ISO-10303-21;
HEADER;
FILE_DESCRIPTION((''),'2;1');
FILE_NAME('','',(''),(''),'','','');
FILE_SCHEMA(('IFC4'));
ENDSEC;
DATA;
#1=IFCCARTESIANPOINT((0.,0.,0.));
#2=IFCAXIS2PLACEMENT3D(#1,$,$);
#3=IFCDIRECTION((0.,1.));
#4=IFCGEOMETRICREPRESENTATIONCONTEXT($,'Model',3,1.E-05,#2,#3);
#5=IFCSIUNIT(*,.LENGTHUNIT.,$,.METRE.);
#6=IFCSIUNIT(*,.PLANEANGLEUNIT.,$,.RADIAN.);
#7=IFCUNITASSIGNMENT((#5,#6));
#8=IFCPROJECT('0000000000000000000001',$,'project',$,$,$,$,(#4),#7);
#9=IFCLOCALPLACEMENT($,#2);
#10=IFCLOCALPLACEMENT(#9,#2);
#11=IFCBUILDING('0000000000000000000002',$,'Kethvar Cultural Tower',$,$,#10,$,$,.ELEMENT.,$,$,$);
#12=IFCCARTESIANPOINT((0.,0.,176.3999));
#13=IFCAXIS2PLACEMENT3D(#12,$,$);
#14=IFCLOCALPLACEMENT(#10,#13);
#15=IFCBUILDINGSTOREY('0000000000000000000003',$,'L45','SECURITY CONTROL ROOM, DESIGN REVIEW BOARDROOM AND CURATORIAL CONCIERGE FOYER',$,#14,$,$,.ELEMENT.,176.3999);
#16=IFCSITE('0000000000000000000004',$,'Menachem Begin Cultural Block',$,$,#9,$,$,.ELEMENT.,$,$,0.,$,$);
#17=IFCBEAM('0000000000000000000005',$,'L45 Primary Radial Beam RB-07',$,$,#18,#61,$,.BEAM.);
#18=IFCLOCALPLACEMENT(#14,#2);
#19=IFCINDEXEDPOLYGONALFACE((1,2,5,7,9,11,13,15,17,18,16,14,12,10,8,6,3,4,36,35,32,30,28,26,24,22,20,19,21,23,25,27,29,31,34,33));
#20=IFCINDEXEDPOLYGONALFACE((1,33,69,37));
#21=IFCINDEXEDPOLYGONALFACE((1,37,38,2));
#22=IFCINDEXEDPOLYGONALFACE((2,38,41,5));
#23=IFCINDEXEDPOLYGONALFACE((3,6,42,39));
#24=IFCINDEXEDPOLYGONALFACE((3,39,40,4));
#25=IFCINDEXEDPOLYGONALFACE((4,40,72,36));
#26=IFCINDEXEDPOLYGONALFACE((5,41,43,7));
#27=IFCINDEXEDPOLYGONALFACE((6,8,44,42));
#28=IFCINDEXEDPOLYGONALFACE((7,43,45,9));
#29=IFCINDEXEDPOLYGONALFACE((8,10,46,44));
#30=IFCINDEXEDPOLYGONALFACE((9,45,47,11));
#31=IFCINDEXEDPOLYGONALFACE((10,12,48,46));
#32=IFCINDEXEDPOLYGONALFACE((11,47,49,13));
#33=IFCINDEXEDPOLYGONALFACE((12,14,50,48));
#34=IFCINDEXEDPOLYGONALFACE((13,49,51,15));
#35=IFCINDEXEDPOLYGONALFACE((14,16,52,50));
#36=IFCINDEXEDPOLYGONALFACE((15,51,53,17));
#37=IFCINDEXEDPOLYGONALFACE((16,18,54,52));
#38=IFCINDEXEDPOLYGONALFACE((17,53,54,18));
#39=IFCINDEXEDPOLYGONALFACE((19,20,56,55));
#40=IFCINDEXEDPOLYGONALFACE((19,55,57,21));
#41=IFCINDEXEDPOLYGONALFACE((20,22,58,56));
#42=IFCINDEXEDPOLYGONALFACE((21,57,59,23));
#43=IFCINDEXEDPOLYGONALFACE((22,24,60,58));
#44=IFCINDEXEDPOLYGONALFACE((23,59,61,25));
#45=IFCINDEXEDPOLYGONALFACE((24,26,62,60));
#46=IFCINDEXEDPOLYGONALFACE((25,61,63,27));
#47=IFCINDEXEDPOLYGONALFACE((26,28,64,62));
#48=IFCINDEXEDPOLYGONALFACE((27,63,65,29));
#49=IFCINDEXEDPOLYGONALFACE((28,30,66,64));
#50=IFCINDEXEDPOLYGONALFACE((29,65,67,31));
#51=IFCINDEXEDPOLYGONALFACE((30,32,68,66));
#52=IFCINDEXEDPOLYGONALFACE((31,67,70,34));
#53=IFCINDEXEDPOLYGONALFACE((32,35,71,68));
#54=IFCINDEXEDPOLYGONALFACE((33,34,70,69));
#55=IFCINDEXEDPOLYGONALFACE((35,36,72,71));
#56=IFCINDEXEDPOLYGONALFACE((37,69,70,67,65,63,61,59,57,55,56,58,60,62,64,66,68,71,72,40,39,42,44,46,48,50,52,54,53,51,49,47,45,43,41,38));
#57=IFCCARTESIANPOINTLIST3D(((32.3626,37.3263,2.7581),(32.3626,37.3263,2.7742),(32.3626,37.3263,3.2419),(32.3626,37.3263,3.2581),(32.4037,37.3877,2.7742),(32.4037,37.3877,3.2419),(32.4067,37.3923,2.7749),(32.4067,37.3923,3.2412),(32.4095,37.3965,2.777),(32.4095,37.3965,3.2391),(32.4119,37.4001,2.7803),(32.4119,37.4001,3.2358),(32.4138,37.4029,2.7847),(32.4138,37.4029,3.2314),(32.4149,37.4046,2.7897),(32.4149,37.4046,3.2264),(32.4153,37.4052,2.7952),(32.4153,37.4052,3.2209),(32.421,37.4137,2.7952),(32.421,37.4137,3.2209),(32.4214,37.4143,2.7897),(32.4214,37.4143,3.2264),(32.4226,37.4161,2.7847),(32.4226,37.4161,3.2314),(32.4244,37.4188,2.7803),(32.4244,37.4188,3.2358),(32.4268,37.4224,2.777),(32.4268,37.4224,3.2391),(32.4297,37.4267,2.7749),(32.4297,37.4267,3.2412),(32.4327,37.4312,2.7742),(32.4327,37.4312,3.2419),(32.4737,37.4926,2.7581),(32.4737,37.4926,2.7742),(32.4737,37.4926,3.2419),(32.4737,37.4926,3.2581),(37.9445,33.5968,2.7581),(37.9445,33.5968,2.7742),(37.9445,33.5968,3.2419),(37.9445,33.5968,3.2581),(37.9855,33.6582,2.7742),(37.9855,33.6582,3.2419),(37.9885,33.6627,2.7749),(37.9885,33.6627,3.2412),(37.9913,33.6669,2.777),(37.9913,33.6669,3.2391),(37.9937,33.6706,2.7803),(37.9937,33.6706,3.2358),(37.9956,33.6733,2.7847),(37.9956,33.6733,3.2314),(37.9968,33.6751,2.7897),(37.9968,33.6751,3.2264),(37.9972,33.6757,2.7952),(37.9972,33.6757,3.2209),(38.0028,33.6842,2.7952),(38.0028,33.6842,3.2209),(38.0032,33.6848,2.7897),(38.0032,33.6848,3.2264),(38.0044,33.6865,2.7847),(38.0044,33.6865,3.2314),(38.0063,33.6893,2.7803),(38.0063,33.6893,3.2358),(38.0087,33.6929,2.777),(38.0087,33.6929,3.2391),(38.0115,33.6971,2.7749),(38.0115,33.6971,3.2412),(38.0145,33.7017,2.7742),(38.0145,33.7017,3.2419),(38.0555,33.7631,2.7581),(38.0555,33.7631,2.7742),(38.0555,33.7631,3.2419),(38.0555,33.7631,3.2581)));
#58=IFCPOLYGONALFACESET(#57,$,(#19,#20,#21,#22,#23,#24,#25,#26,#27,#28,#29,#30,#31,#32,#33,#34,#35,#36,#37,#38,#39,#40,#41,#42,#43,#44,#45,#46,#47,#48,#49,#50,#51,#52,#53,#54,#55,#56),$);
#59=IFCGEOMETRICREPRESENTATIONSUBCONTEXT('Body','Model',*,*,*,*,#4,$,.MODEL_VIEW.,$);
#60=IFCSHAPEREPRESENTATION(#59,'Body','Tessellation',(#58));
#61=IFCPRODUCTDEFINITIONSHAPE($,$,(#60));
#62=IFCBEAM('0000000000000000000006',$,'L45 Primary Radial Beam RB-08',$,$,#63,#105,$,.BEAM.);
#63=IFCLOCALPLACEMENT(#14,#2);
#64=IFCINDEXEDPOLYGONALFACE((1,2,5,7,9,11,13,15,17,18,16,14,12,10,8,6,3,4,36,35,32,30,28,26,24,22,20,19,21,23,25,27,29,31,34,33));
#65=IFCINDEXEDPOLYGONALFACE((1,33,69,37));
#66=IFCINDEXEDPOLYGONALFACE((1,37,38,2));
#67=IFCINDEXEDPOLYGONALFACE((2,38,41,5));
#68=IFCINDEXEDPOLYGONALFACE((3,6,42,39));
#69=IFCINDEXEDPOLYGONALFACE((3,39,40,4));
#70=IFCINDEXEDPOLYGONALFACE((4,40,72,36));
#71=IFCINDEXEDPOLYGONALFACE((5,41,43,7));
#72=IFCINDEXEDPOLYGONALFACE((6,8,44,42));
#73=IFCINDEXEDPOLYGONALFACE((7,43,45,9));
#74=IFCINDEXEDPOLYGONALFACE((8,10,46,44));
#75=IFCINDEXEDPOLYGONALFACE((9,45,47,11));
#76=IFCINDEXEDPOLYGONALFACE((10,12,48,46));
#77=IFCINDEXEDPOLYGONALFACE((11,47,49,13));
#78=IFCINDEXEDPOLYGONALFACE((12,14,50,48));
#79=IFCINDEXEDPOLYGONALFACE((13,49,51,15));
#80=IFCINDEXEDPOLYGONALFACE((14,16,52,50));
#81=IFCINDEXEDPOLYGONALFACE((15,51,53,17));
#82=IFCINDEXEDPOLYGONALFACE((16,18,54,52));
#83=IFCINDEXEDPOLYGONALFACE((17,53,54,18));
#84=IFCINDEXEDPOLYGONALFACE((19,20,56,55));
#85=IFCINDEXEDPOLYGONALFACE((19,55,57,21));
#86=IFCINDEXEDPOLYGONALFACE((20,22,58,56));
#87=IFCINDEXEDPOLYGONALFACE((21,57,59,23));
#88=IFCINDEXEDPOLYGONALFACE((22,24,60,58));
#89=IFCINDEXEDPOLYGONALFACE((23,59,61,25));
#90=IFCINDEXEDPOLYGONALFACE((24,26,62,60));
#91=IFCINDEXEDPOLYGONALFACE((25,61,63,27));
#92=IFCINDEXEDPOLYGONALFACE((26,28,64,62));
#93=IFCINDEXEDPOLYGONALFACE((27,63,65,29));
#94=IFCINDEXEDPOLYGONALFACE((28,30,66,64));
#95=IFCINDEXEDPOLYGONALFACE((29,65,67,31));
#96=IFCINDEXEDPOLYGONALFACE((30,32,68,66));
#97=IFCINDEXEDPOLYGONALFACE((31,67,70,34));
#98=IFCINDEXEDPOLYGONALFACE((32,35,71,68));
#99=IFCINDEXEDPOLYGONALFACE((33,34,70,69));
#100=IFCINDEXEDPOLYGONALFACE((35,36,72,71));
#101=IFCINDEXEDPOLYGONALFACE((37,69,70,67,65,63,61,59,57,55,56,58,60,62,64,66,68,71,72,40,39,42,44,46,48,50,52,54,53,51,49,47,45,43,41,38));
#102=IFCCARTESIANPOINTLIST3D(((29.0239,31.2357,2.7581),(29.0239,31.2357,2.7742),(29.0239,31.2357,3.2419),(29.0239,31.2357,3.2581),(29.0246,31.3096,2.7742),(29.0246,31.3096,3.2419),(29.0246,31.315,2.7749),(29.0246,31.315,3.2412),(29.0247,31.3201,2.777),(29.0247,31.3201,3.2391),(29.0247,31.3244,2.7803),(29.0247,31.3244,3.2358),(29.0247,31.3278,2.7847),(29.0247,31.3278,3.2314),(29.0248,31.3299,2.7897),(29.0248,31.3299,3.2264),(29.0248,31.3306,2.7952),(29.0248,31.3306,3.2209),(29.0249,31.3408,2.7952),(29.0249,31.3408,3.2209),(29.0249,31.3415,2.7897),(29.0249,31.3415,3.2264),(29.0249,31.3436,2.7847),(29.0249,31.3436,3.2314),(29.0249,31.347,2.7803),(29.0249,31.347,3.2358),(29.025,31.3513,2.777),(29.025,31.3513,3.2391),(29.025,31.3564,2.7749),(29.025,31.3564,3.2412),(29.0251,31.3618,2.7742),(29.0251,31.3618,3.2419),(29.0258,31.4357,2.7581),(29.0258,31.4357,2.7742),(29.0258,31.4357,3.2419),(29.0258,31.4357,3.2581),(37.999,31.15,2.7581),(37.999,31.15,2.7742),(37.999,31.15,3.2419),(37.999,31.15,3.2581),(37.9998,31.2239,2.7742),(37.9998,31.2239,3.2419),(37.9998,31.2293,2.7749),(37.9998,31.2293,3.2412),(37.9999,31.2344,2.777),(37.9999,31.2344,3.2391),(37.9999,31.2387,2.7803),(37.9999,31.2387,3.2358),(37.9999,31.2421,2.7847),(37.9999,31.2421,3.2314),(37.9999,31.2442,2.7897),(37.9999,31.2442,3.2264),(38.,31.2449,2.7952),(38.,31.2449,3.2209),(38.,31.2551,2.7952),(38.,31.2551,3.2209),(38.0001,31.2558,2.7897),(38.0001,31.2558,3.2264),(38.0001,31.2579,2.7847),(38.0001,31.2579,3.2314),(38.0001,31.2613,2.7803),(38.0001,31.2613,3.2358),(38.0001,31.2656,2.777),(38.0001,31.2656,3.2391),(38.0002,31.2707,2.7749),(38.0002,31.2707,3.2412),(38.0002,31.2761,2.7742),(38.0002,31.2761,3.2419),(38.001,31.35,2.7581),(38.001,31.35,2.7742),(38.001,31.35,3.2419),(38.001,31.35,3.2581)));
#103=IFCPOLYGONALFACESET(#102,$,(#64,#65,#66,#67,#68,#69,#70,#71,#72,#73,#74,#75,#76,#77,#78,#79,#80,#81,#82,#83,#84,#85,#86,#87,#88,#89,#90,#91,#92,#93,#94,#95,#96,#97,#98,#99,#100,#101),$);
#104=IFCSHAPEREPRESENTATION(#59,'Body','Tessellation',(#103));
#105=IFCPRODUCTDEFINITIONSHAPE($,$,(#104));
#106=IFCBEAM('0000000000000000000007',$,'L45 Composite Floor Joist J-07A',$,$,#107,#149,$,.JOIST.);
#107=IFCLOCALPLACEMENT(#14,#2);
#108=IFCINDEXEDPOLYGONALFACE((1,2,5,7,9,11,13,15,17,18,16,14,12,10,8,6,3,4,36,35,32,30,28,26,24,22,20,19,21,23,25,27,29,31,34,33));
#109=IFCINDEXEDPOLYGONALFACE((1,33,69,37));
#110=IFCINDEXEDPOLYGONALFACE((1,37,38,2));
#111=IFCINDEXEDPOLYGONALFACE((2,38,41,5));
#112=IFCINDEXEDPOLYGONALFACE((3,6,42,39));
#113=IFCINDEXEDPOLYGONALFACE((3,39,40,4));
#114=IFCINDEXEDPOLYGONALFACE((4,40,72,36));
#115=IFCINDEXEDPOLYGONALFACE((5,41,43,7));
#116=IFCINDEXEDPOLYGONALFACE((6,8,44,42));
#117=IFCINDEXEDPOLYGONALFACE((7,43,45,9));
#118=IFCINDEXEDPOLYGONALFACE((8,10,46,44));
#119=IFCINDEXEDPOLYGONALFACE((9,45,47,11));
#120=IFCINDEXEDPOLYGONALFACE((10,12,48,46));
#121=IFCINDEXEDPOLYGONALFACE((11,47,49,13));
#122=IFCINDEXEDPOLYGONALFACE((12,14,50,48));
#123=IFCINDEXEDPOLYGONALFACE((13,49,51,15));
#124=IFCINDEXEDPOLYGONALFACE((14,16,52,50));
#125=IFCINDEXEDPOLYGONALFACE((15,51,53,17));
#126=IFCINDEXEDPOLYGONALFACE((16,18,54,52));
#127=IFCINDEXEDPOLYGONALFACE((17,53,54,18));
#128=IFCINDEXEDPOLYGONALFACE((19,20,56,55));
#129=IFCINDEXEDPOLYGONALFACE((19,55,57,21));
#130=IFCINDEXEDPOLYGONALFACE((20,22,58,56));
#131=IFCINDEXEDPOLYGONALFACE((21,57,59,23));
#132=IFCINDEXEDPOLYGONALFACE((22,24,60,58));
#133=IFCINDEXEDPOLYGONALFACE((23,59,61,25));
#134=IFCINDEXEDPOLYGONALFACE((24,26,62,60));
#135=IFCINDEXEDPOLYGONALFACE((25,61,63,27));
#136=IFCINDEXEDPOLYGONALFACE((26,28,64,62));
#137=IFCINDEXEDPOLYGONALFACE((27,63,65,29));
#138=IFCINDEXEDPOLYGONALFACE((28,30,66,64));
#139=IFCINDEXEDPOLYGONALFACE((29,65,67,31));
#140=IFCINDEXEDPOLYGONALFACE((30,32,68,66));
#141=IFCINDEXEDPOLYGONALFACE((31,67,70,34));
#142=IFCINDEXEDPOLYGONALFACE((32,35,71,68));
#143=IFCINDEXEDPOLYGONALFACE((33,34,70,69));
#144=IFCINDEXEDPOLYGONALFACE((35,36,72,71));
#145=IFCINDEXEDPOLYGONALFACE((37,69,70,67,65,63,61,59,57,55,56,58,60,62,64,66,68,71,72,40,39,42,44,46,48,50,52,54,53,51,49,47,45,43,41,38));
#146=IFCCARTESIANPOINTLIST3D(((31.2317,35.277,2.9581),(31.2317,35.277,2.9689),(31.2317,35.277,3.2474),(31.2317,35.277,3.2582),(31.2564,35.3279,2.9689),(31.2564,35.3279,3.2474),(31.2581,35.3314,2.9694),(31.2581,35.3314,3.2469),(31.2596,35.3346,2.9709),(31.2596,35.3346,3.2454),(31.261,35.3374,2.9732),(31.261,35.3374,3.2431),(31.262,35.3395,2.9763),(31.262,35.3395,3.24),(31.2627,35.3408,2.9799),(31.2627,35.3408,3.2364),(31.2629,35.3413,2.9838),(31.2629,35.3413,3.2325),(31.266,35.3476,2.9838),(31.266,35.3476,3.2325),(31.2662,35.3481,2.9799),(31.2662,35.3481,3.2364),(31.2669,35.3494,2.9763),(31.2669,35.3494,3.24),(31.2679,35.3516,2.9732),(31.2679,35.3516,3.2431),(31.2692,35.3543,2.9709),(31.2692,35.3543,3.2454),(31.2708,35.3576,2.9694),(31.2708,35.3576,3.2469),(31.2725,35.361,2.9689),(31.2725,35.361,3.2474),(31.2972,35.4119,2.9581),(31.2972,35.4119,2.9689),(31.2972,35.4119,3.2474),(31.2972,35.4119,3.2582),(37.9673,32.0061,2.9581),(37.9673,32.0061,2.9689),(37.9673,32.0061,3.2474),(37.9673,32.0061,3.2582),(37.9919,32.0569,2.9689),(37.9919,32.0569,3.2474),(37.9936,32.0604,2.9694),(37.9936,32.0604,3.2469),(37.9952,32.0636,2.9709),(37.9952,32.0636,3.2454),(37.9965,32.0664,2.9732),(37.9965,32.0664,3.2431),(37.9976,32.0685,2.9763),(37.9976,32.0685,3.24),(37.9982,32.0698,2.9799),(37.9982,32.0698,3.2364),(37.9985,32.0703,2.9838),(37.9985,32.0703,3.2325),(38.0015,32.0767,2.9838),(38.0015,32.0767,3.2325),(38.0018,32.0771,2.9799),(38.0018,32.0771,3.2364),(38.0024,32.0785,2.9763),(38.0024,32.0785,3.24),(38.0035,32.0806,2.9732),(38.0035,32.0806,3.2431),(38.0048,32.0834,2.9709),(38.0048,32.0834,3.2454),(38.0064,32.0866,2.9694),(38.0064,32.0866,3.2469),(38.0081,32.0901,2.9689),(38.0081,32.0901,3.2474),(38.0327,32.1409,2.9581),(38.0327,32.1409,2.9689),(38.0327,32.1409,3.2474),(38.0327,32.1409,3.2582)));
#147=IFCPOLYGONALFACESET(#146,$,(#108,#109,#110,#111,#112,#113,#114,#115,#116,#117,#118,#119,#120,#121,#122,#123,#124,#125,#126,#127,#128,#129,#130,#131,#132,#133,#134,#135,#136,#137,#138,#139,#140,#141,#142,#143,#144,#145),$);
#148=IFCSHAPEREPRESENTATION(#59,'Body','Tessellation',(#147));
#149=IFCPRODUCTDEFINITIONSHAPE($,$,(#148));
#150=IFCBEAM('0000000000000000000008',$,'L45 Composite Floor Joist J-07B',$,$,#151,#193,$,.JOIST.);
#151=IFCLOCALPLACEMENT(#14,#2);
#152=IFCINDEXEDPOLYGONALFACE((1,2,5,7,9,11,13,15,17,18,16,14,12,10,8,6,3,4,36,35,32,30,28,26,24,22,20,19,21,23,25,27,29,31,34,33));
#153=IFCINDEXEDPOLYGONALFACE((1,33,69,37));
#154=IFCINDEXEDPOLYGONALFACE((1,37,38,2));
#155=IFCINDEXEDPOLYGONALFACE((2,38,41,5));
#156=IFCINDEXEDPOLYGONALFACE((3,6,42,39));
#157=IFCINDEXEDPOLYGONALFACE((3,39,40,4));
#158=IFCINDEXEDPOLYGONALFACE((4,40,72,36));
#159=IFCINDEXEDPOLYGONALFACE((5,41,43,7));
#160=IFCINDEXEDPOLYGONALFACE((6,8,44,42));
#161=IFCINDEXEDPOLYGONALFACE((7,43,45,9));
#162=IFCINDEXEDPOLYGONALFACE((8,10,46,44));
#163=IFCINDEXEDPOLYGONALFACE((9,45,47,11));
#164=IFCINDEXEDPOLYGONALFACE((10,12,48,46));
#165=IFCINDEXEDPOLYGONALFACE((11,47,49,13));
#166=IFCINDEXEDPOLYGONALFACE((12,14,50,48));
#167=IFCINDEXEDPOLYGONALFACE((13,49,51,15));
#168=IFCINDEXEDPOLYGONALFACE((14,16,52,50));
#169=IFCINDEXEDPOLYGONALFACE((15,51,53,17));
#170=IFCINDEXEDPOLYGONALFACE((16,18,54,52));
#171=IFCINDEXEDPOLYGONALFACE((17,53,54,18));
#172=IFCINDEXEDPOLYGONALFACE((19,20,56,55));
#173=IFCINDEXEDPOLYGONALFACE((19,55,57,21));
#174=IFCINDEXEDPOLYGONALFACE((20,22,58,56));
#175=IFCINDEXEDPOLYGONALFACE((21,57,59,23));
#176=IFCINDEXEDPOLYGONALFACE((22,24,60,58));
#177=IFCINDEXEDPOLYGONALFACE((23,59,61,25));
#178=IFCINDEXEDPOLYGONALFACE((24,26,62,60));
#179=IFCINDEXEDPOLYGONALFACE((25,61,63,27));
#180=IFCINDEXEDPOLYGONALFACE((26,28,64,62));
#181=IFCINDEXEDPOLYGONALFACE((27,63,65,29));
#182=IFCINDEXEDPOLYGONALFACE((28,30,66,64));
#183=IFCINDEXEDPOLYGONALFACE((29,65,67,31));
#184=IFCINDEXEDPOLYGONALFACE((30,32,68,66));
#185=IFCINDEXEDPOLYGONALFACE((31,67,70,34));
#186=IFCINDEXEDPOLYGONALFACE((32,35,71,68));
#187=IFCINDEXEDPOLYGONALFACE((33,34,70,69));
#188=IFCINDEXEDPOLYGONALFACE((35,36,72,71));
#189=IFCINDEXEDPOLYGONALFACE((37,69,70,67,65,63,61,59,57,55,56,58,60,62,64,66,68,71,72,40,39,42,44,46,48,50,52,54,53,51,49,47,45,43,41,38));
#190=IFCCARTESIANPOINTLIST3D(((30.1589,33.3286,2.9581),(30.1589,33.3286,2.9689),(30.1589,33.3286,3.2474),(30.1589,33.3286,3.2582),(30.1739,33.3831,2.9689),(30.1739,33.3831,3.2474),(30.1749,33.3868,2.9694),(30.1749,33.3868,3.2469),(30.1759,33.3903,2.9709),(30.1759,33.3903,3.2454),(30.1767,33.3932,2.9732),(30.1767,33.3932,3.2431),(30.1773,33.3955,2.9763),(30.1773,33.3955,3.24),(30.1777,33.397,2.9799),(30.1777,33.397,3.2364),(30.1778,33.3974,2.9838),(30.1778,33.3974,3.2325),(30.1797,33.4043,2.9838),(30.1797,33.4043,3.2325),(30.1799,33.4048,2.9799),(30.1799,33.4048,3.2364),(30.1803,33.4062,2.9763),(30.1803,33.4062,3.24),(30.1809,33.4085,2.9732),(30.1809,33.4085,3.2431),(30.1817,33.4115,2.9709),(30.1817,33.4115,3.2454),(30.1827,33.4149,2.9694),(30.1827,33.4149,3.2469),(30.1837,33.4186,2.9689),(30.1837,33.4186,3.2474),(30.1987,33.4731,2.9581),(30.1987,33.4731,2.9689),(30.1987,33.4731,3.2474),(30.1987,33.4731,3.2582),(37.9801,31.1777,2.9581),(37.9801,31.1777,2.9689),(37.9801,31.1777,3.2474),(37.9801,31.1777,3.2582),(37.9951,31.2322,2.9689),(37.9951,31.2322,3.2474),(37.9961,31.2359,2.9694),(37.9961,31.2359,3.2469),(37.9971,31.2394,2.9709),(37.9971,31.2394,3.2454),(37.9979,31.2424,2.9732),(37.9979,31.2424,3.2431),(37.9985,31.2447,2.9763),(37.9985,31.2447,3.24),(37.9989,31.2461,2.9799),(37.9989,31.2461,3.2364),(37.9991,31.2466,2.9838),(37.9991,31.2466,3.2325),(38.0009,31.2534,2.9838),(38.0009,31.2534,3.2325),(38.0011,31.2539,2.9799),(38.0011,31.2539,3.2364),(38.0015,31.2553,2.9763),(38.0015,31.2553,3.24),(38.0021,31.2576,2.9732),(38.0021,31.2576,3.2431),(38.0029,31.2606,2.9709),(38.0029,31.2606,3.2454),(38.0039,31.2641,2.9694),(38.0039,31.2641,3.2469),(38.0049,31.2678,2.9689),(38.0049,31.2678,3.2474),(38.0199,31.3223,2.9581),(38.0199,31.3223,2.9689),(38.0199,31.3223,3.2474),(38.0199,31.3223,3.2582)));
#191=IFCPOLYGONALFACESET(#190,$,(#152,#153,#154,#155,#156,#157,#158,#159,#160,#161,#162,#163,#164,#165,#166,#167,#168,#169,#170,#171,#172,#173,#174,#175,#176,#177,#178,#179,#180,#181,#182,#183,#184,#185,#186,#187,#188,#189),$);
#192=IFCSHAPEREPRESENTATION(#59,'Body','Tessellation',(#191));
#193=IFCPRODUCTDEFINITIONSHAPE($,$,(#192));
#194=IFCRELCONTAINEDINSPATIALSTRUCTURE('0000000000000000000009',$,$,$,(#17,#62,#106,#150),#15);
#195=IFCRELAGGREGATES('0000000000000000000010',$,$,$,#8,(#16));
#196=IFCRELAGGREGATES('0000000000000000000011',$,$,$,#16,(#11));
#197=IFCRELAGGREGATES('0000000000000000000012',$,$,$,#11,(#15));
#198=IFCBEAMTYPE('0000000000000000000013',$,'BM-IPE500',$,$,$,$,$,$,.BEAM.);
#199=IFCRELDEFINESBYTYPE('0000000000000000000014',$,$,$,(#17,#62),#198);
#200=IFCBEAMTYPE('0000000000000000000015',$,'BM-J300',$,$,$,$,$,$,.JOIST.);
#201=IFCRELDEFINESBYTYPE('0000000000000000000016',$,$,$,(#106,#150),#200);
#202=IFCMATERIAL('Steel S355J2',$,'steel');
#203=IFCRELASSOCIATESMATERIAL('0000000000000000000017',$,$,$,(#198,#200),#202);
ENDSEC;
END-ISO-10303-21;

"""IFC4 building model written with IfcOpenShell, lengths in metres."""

from ifc_helpers import new_model, si_unit, direction, frame, origin, origin_2d, place, context, subcontext, project, spatial, i_section, extrude, source, transform, mapped, material, material_profile, profile_set, type_object, element, save


model = new_model("IFC4")

# Units and contexts
model_context = context("Model", 3, precision=1e-05, world=origin(), true_north=direction((0.0, 1.0)))
body_context = subcontext(model_context, "Body", "Model", "MODEL_VIEW")
ifc_project = project(units=[si_unit("LENGTHUNIT", "METRE"), si_unit("PLANEANGLEUNIT", "RADIAN")], contexts=[model_context])

# Site, building, storey
site_placement = place(None, origin())
site = spatial("IfcSite", under=ifc_project, at=site_placement, Name="Menachem Begin Cultural Block", CompositionType="ELEMENT", RefElevation=0.0)
building_placement = place(site_placement, origin())
building = spatial("IfcBuilding", under=site, at=building_placement, Name="Kethvar Cultural Tower", CompositionType="ELEMENT")
storey_placement = place(building_placement, frame((0.0, 0.0, 176.3999)))
storey = spatial("IfcBuildingStorey", under=building, at=storey_placement, Name="L45", Description="SECURITY CONTROL ROOM, DESIGN REVIEW BOARDROOM AND CURATORIAL CONCIERGE FOYER", CompositionType="ELEMENT", Elevation=176.3999)

# Beams
ifc_material_1 = material(Name="Steel S355J2", Category="steel")
ifc_material_profile_1 = material_profile(ifc_material_1, i_section(OverallWidth=0.2, OverallDepth=0.5, WebThickness=0.0103, FlangeThickness=0.0161, FilletRadius=0.021, at=origin_2d()), Name="Steel S355J2 — IPE500")
ifc_profile_set_1 = profile_set([ifc_material_profile_1], Name="Steel S355J2 — IPE500")
beam_type_1 = type_object("IfcBeamType", Name="BM-IPE500", PredefinedType="BEAM", material=ifc_profile_set_1)
shared_shape_1 = source(origin(), body_context, "Body", "SweptSolid", [
    extrude(i_section(OverallWidth=0.2, OverallDepth=0.5, WebThickness=0.0103, FlangeThickness=0.0161, FilletRadius=0.021, at=origin_2d()), origin(), (0.0, 0.0, 1.0), 6.7131),
])
beam_1_placement = place(storey_placement, frame((38.0, 33.6799, 3.0081), z_axis=(-0.831479, 0.555556, 0.0), x_axis=(-0.555556, -0.831479, 0.0)))
element("IfcBeam", 1, at=beam_1_placement, inside=storey, type_object=beam_type_1, Name="L45 Primary Radial Beam RB-07", PredefinedType="BEAM", context=body_context, shape_type="MappedRepresentation", body=[
    mapped(shared_shape_1, transform((0.0, 0.0, 0.0), scale=1.0)),
])
shared_shape_2 = source(origin(), body_context, "Body", "SweptSolid", [
    extrude(i_section(OverallWidth=0.2, OverallDepth=0.5, WebThickness=0.0103, FlangeThickness=0.0161, FilletRadius=0.021, at=origin_2d()), origin(), (0.0, 0.0, 1.0), 8.9756),
])
beam_2_placement = place(storey_placement, frame((38.0, 31.25, 3.0081), z_axis=(-0.999954, 0.009547, 0.0), x_axis=(-0.009547, -0.999954, 0.0)))
element("IfcBeam", 2, at=beam_2_placement, inside=storey, type_object=beam_type_1, Name="L45 Primary Radial Beam RB-08", PredefinedType="BEAM", context=body_context, shape_type="MappedRepresentation", body=[
    mapped(shared_shape_2, transform((0.0, 0.0, 0.0), scale=1.0)),
])
ifc_material_profile_2 = material_profile(ifc_material_1, i_section(OverallWidth=0.1499, OverallDepth=0.3, WebThickness=0.0071, FlangeThickness=0.0107, FilletRadius=0.0149, at=origin_2d()), Name="Steel S355J2 — IPE300")
ifc_profile_set_2 = profile_set([ifc_material_profile_2], Name="Steel S355J2 — IPE300")
beam_type_2 = type_object("IfcBeamType", Name="BM-J300", PredefinedType="JOIST", material=ifc_profile_set_2)
shared_shape_3 = source(origin(), body_context, "Body", "SweptSolid", [
    extrude(i_section(OverallWidth=0.1499, OverallDepth=0.3, WebThickness=0.0071, FlangeThickness=0.0107, FilletRadius=0.0149, at=origin_2d()), origin(), (0.0, 0.0, 1.0), 7.4878),
])
beam_3_placement = place(storey_placement, frame((38.0, 32.0735, 3.1082), z_axis=(-0.899539, 0.436841, 0.0), x_axis=(-0.436841, -0.899539, 0.0)))
element("IfcBeam", 3, at=beam_3_placement, inside=storey, type_object=beam_type_2, Name="L45 Composite Floor Joist J-07A", PredefinedType="JOIST", context=body_context, shape_type="MappedRepresentation", body=[
    mapped(shared_shape_3, transform((0.0, 0.0, 0.0), scale=1.0)),
])
shared_shape_4 = source(origin(), body_context, "Body", "SweptSolid", [
    extrude(i_section(OverallWidth=0.1499, OverallDepth=0.3, WebThickness=0.0071, FlangeThickness=0.0107, FilletRadius=0.0149, at=origin_2d()), origin(), (0.0, 0.0, 1.0), 8.1116),
])
beam_4_placement = place(storey_placement, frame((38.0, 31.25, 3.1082), z_axis=(-0.964205, 0.265159, 0.0), x_axis=(-0.265159, -0.964205, 0.0)))
element("IfcBeam", 4, at=beam_4_placement, inside=storey, type_object=beam_type_2, Name="L45 Composite Floor Joist J-07B", PredefinedType="JOIST", context=body_context, shape_type="MappedRepresentation", body=[
    mapped(shared_shape_4, transform((0.0, 0.0, 0.0), scale=1.0)),
])

save(model, "model.ifc")
